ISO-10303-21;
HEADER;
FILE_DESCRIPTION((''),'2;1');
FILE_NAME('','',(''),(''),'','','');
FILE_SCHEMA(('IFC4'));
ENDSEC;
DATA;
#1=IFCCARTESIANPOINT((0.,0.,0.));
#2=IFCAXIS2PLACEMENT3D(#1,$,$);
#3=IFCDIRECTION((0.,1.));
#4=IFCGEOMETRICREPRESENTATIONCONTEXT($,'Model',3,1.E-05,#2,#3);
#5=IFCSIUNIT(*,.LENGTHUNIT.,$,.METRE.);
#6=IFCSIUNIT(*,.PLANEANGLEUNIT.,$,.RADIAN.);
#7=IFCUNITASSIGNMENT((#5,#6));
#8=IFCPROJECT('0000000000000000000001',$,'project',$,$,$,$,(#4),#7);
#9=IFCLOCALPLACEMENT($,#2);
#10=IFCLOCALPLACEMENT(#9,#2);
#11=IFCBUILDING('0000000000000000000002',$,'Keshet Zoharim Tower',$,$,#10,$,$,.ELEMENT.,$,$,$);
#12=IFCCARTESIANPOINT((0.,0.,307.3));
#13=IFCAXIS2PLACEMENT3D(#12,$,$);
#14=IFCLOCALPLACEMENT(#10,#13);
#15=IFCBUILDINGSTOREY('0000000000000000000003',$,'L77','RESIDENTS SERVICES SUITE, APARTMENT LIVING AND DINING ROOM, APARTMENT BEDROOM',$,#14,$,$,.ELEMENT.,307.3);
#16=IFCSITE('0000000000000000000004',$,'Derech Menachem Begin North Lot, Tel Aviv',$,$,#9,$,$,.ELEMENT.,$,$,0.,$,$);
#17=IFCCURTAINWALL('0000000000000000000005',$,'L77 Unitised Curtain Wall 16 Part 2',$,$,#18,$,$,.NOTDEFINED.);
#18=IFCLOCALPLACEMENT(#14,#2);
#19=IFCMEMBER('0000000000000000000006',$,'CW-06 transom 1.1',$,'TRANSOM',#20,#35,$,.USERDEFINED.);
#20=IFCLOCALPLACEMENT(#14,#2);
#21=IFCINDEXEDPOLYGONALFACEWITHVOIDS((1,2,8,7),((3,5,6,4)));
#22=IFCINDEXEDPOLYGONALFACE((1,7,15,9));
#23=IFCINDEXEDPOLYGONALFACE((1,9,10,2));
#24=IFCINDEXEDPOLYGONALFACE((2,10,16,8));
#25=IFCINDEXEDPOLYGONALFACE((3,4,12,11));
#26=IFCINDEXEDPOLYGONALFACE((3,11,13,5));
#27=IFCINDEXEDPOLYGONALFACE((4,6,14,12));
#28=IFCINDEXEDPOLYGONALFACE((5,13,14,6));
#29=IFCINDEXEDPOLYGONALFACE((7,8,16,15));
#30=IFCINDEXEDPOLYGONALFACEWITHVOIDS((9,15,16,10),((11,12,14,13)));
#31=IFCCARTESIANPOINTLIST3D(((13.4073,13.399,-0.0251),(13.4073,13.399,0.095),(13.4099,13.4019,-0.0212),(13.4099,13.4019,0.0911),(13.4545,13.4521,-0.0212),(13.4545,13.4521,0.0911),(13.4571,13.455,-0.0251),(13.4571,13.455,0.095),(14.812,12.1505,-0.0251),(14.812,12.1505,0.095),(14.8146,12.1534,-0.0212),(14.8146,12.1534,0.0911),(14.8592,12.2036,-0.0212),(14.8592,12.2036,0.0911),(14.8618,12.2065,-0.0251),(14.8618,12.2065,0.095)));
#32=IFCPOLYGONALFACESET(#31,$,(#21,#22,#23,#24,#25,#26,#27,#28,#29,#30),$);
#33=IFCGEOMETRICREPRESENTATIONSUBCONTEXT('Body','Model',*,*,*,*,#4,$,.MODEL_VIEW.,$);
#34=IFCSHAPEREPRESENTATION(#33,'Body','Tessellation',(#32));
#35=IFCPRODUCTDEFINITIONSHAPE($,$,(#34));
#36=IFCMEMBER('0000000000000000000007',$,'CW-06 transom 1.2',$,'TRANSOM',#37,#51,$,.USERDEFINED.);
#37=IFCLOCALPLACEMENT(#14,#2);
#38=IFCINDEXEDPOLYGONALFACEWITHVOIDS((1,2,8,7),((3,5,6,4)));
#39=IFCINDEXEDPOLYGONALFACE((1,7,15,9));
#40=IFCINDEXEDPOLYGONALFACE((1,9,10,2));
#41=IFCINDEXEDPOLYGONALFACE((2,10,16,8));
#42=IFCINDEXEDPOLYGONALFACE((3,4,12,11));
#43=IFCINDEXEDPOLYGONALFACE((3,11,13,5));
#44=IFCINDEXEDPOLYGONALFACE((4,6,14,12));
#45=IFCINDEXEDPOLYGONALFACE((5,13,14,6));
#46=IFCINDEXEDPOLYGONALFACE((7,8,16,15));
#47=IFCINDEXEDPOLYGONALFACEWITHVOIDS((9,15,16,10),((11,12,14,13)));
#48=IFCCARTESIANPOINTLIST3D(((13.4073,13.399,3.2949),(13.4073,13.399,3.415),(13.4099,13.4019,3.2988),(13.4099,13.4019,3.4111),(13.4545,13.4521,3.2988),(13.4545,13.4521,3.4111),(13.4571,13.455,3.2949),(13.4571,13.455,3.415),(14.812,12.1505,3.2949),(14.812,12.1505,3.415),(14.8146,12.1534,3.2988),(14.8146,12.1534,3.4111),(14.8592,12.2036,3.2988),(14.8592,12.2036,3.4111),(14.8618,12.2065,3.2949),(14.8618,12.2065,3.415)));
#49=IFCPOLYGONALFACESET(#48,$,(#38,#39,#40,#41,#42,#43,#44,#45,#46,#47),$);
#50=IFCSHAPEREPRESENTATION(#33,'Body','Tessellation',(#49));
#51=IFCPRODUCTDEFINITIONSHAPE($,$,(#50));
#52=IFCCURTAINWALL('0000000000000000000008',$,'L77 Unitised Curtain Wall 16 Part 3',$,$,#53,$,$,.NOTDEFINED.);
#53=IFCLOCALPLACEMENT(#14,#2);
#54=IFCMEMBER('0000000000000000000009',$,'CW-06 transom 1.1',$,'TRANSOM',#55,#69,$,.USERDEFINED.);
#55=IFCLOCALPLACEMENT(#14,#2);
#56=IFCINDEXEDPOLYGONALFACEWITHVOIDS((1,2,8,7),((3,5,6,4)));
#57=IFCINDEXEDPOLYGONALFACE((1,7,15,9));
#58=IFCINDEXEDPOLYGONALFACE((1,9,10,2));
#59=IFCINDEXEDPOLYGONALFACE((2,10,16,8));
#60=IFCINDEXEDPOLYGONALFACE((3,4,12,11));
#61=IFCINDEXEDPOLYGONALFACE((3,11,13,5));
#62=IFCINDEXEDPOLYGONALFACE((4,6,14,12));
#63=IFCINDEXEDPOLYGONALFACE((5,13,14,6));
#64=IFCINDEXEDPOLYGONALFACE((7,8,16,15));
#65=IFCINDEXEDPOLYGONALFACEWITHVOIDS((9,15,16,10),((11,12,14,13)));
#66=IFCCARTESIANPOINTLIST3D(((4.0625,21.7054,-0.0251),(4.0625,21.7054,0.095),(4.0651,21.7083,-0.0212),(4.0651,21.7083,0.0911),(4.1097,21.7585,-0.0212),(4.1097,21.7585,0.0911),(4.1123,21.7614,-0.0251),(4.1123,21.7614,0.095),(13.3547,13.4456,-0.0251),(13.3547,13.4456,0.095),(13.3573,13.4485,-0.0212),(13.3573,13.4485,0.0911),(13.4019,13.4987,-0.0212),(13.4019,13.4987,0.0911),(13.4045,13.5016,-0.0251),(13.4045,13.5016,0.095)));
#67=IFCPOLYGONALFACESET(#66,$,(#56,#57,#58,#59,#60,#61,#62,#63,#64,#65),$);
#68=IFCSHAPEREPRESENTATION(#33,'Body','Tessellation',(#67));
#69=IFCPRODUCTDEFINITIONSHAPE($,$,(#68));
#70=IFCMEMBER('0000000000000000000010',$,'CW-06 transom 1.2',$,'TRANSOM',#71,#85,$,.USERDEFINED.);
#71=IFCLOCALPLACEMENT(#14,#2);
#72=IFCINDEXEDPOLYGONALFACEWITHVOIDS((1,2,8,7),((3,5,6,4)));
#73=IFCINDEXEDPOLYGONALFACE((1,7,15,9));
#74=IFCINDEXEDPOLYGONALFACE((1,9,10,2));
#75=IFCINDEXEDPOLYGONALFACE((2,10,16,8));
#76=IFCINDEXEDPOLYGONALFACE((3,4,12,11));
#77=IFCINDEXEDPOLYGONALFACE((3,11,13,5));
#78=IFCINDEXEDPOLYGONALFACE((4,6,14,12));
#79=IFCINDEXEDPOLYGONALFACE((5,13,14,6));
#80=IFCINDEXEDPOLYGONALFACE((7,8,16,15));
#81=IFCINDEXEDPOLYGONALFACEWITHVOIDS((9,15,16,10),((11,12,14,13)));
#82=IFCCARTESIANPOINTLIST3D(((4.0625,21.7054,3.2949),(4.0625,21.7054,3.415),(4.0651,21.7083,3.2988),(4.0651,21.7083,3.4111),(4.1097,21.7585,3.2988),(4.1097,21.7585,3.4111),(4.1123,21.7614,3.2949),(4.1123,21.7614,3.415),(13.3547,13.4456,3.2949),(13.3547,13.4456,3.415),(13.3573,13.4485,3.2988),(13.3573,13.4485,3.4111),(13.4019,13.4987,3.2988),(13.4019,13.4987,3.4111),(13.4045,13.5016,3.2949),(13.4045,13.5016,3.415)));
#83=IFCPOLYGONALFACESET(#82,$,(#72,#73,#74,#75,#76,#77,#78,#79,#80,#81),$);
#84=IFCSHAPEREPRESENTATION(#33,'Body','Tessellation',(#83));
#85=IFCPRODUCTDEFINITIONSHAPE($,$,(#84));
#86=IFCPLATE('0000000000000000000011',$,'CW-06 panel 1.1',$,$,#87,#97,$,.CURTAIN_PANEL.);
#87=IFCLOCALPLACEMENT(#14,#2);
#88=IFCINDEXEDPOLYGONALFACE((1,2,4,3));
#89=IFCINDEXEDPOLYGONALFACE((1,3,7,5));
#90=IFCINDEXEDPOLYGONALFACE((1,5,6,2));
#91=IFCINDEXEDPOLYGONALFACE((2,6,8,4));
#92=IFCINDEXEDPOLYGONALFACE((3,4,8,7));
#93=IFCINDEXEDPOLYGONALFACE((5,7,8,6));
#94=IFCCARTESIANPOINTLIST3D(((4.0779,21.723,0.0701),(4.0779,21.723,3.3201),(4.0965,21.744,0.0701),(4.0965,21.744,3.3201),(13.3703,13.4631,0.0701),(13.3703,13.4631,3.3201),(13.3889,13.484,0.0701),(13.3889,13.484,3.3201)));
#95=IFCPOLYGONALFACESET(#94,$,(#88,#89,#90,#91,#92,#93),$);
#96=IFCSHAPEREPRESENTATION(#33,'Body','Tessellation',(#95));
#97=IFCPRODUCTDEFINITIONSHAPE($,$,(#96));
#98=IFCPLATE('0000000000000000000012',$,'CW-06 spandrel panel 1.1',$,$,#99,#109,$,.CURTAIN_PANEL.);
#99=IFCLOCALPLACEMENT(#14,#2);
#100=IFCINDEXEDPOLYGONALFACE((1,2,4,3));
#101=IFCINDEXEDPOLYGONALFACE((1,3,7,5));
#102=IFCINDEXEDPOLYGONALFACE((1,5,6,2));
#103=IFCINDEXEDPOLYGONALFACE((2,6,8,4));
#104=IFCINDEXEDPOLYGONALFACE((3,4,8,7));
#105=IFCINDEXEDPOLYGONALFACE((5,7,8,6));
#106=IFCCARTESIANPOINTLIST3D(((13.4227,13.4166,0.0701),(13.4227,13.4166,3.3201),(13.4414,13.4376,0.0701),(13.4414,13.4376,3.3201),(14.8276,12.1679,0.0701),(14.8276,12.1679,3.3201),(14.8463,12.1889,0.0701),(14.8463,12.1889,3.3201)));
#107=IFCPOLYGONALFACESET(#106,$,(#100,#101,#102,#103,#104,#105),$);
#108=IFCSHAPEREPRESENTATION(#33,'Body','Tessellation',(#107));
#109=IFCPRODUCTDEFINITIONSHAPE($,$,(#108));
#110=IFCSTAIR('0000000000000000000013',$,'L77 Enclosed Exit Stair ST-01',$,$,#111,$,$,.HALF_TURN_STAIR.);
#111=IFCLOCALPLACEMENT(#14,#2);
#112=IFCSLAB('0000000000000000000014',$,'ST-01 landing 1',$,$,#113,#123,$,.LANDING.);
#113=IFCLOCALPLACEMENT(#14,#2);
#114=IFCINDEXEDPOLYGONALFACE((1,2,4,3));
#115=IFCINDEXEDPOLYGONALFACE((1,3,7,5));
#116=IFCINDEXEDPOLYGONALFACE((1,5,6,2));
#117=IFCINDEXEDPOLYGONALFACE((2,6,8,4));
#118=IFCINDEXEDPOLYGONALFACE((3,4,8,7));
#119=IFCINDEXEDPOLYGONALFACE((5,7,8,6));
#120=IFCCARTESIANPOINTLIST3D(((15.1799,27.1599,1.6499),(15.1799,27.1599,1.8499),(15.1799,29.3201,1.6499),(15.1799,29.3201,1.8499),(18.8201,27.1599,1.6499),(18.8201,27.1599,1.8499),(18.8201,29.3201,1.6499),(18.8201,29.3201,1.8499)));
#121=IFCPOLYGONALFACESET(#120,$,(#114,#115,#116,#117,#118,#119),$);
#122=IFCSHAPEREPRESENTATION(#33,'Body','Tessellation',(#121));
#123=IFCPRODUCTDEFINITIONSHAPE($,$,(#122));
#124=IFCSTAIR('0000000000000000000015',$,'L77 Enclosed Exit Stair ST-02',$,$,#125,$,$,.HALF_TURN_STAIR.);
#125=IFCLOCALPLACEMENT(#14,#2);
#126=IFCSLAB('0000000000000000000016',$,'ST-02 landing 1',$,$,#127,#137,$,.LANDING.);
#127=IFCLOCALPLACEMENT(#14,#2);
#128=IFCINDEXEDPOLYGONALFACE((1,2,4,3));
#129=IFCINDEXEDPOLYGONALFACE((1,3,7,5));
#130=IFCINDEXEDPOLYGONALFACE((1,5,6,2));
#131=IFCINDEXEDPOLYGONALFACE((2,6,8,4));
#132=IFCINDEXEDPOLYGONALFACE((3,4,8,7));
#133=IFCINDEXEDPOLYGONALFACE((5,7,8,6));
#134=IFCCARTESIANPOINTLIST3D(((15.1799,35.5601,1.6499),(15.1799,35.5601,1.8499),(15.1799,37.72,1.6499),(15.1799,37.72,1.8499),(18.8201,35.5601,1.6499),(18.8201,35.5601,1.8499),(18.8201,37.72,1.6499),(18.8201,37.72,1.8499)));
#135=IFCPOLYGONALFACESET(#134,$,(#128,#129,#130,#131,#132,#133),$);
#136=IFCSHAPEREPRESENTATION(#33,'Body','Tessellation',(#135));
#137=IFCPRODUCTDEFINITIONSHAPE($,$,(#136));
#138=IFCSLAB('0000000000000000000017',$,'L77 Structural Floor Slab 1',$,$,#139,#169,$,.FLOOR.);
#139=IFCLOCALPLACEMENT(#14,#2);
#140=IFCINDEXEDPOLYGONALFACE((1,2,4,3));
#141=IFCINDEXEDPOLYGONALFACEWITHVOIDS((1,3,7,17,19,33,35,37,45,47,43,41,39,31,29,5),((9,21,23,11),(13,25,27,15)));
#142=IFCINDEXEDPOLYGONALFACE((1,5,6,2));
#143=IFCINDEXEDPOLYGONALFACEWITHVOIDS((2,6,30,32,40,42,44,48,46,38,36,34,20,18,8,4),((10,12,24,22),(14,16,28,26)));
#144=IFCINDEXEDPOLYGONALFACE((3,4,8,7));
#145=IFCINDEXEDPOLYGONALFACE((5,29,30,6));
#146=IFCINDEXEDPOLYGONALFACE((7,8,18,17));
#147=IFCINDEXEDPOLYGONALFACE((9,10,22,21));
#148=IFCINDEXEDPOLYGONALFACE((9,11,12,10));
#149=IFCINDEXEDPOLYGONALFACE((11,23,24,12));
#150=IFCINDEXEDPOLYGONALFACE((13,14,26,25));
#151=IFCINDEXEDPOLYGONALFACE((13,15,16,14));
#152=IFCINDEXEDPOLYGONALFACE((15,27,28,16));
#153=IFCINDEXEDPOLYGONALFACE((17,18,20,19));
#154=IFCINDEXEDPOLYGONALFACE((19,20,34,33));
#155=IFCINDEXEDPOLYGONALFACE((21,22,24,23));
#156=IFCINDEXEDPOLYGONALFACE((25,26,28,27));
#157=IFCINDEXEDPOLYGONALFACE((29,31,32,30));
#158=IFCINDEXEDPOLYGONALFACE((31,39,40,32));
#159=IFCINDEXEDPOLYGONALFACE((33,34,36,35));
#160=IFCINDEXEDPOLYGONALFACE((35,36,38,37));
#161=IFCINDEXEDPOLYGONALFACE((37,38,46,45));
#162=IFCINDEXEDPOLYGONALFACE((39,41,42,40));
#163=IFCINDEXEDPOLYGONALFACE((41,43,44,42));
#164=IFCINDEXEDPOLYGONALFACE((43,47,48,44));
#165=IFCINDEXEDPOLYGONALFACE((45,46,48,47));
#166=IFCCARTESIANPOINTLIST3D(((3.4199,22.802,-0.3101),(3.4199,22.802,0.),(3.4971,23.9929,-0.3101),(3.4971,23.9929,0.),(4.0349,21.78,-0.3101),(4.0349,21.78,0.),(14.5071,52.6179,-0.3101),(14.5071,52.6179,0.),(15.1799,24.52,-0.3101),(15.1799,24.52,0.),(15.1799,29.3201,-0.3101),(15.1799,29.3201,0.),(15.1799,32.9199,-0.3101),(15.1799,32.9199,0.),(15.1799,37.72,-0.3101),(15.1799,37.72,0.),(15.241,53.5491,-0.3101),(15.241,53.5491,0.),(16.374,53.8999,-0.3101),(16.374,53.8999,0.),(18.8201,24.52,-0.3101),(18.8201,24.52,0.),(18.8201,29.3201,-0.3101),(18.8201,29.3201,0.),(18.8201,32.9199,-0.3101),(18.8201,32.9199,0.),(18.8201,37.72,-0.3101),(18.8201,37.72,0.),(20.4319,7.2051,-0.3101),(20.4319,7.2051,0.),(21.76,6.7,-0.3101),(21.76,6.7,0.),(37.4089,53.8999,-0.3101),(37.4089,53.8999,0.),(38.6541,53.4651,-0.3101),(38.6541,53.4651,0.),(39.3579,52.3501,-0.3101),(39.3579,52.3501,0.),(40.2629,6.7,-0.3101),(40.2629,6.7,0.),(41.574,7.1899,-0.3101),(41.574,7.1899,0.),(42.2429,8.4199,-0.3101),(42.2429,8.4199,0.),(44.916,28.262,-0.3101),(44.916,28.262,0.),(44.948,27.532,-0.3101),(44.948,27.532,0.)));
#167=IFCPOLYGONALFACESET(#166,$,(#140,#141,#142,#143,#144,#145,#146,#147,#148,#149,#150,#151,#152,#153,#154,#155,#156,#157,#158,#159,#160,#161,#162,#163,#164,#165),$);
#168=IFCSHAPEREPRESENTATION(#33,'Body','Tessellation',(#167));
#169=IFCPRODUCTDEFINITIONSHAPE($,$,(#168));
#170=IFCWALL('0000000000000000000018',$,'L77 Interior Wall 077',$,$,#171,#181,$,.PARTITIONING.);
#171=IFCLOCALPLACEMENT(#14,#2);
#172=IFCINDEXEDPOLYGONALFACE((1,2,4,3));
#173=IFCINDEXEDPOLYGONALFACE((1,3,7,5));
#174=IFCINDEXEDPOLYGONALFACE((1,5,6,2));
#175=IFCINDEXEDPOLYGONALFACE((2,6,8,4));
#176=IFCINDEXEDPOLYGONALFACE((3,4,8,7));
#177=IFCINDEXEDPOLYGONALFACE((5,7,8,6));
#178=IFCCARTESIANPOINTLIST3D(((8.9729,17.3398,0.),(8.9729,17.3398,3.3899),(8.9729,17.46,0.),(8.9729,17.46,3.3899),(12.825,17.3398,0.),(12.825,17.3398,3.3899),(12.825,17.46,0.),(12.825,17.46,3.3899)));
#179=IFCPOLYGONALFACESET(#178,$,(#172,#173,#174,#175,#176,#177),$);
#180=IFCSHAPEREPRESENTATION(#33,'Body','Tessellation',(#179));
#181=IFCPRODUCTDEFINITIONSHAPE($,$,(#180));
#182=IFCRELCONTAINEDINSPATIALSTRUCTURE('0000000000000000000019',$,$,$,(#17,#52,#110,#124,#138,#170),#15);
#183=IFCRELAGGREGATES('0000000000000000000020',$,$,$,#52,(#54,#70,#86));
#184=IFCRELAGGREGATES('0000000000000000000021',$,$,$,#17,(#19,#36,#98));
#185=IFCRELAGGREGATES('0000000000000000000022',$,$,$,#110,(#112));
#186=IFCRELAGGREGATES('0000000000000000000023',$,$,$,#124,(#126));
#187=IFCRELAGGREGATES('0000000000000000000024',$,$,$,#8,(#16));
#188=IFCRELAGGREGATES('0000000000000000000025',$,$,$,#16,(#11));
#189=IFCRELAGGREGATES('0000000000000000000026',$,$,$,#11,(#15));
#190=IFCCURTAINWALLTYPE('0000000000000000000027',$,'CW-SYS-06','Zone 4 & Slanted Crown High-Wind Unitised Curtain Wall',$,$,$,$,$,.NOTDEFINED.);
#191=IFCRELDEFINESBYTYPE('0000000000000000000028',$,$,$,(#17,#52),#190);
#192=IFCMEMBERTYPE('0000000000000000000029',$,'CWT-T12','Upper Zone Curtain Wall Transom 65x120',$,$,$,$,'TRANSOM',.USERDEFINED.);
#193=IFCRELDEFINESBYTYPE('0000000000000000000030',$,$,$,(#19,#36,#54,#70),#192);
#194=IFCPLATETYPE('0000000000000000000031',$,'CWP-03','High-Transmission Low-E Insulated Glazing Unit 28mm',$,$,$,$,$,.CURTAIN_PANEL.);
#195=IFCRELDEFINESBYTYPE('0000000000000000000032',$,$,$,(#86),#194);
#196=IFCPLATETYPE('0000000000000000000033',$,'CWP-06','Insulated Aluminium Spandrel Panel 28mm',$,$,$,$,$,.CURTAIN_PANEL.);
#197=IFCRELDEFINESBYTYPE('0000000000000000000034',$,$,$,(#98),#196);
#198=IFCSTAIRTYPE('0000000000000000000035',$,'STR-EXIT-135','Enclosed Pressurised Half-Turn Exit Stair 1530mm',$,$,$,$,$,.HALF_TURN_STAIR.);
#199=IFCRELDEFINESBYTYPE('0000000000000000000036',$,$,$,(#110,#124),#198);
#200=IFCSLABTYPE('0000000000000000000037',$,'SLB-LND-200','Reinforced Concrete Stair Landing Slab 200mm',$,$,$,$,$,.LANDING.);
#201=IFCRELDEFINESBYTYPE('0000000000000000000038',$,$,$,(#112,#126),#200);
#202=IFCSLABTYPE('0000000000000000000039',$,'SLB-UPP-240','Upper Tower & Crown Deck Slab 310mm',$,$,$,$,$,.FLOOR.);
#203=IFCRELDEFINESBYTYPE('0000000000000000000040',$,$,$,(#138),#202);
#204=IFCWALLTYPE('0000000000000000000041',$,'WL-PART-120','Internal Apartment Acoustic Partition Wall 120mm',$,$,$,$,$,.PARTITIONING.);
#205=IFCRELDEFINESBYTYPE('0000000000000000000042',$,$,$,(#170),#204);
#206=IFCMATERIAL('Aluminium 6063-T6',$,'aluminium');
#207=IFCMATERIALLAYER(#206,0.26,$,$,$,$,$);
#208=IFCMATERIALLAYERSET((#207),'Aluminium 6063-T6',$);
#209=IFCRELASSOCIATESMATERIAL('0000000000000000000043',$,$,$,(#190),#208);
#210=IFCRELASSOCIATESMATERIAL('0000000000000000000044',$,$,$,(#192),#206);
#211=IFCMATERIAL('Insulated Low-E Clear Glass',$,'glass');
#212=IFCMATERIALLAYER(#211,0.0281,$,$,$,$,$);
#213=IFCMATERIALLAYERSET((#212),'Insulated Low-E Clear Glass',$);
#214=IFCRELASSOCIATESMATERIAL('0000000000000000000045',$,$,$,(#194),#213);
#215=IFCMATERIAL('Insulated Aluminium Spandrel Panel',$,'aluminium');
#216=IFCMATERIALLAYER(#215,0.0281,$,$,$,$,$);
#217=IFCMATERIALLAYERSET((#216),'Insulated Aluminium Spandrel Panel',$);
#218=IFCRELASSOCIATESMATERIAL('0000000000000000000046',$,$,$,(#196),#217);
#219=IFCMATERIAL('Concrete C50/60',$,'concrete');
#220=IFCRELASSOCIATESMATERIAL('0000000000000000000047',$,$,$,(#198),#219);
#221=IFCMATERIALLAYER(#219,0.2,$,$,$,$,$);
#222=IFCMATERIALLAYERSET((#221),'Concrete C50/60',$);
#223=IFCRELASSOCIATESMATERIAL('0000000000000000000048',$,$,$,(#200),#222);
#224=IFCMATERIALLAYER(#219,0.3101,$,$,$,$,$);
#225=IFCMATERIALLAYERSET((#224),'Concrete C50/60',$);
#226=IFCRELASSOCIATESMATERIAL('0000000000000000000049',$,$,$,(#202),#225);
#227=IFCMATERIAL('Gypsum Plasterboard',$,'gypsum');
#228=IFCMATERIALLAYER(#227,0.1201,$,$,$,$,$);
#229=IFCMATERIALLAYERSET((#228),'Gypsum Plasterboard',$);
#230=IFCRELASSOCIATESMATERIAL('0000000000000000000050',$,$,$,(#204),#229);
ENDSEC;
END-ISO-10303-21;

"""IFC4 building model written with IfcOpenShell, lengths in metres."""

from ifc_helpers import new_model, si_unit, direction, frame, frame_2d, origin, origin_2d, place, context, subcontext, project, spatial, polyline, rectangle, hollow_rectangle, outline, extrude, material, layer, layer_set, material_profile, profile_set, type_object, element, aggregate, save


model = new_model("IFC4")

# Units and contexts
model_context = context("Model", 3, precision=1e-05, world=origin(), true_north=direction((0.0, 1.0)))
body_context = subcontext(model_context, "Body", "Model", "MODEL_VIEW")
ifc_project = project(units=[si_unit("LENGTHUNIT", "METRE"), si_unit("PLANEANGLEUNIT", "RADIAN")], contexts=[model_context])

# Site, building, storey
site_placement = place(None, origin())
site = spatial("IfcSite", under=ifc_project, at=site_placement, Name="Derech Menachem Begin North Lot, Tel Aviv", CompositionType="ELEMENT", RefElevation=0.0)
building_placement = place(site_placement, origin())
building = spatial("IfcBuilding", under=site, at=building_placement, Name="Keshet Zoharim Tower", CompositionType="ELEMENT")
storey_placement = place(building_placement, frame((0.0, 0.0, 307.3)))
storey = spatial("IfcBuildingStorey", under=building, at=storey_placement, Name="L77", Description="RESIDENTS SERVICES SUITE, APARTMENT LIVING AND DINING ROOM, APARTMENT BEDROOM", CompositionType="ELEMENT", Elevation=307.3)

# Shared definitions
ifc_material_1 = material(Name="Aluminium 6063-T6", Category="aluminium")
ifc_layer_1 = layer(ifc_material_1, 0.26)
ifc_layer_set_1 = layer_set([ifc_layer_1], Name="Aluminium 6063-T6")
curtain_wall_type = type_object("IfcCurtainWallType", Name="CW-SYS-06", Description="Zone 4 & Slanted Crown High-Wind Unitised Curtain Wall", PredefinedType="NOTDEFINED", material=ifc_layer_set_1)

# Curtain wall, members
curtain_wall_1_placement = place(storey_placement, origin())
curtain_wall_1 = element("IfcCurtainWall", 1, at=curtain_wall_1_placement, inside=storey, type_object=curtain_wall_type, Name="L77 Unitised Curtain Wall 16 Part 2", PredefinedType="NOTDEFINED")
ifc_material_profile_1 = material_profile(ifc_material_1, hollow_rectangle(XDim=0.075, YDim=0.1201, WallThickness=0.0039, at=origin_2d()), Name="TRN-75x120")
ifc_profile_set_1 = profile_set([ifc_material_profile_1], Name="Aluminium 6063-T6")
member_type_1 = type_object("IfcMemberType", Name="CWT-T12", Description="Upper Zone Curtain Wall Transom 65x120", ElementType="TRANSOM", PredefinedType="USERDEFINED", material=ifc_profile_set_1)
member_1_placement = place(storey_placement, frame((14.8369, 12.1785, 0.0349), z_axis=(-0.747452, 0.664315, 0.0), x_axis=(-0.664315, -0.747452, 0.0)))
member_1 = element("IfcMember", 2, at=member_1_placement, type_object=member_type_1, Name="CW-06 transom 1.1", ObjectType="TRANSOM", PredefinedType="USERDEFINED", context=body_context, shape_type="SweptSolid", body=[
    extrude(hollow_rectangle(XDim=0.075, YDim=0.1201, WallThickness=0.0039, at=origin_2d()), origin(), (0.0, 0.0, 1.0), 1.8794),
])
member_2_placement = place(storey_placement, frame((14.8369, 12.1785, 3.355), z_axis=(-0.747452, 0.664315, 0.0), x_axis=(-0.664315, -0.747452, 0.0)))
member_2 = element("IfcMember", 3, at=member_2_placement, type_object=member_type_1, Name="CW-06 transom 1.2", ObjectType="TRANSOM", PredefinedType="USERDEFINED", context=body_context, shape_type="SweptSolid", body=[
    extrude(hollow_rectangle(XDim=0.075, YDim=0.1201, WallThickness=0.0039, at=origin_2d()), origin(), (0.0, 0.0, 1.0), 1.8794),
])

# Curtain wall, members, plate
curtain_wall_2_placement = place(storey_placement, origin())
curtain_wall_2 = element("IfcCurtainWall", 4, at=curtain_wall_2_placement, inside=storey, type_object=curtain_wall_type, Name="L77 Unitised Curtain Wall 16 Part 3", PredefinedType="NOTDEFINED")
member_3_placement = place(storey_placement, frame((13.3796, 13.4736, 0.0349), z_axis=(-0.747409, 0.664364, 0.0), x_axis=(-0.664364, -0.747409, 0.0)))
member_3 = element("IfcMember", 5, at=member_3_placement, type_object=member_type_1, Name="CW-06 transom 1.1", ObjectType="TRANSOM", PredefinedType="USERDEFINED", context=body_context, shape_type="SweptSolid", body=[
    extrude(hollow_rectangle(XDim=0.075, YDim=0.1201, WallThickness=0.0039, at=origin_2d()), origin(), (0.0, 0.0, 1.0), 12.4326),
])
member_4_placement = place(storey_placement, frame((13.3796, 13.4736, 3.355), z_axis=(-0.747409, 0.664364, 0.0), x_axis=(-0.664364, -0.747409, 0.0)))
member_4 = element("IfcMember", 6, at=member_4_placement, type_object=member_type_1, Name="CW-06 transom 1.2", ObjectType="TRANSOM", PredefinedType="USERDEFINED", context=body_context, shape_type="SweptSolid", body=[
    extrude(hollow_rectangle(XDim=0.075, YDim=0.1201, WallThickness=0.0039, at=origin_2d()), origin(), (0.0, 0.0, 1.0), 12.4326),
])
ifc_material_2 = material(Name="Insulated Low-E Clear Glass", Category="glass")
ifc_layer_2 = layer(ifc_material_2, 0.0281)
ifc_layer_set_2 = layer_set([ifc_layer_2], Name="Insulated Low-E Clear Glass")
plate_type_1 = type_object("IfcPlateType", Name="CWP-03", Description="High-Transmission Low-E Insulated Glazing Unit 28mm", PredefinedType="CURTAIN_PANEL", material=ifc_layer_set_2)
plate_1_placement = place(storey_placement, frame((8.7334, 17.6035, 0.0701), z_axis=(0.0, 0.0, 1.0), x_axis=(-0.747409, 0.664364, 0.0)))
plate_1 = element("IfcPlate", 7, at=plate_1_placement, type_object=plate_type_1, Name="CW-06 panel 1.1", PredefinedType="CURTAIN_PANEL", context=body_context, shape_type="SweptSolid", body=[
    extrude(rectangle(XDim=12.4329, YDim=0.0281, at=origin_2d()), origin(), (0.0, 0.0, 1.0), 3.25),
])
aggregate(curtain_wall_2, [member_3, member_4, plate_1])

# Plate
ifc_material_3 = material(Name="Insulated Aluminium Spandrel Panel", Category="aluminium")
ifc_layer_3 = layer(ifc_material_3, 0.0281)
ifc_layer_set_3 = layer_set([ifc_layer_3], Name="Insulated Aluminium Spandrel Panel")
plate_type_2 = type_object("IfcPlateType", Name="CWP-06", Description="Insulated Aluminium Spandrel Panel 28mm", PredefinedType="CURTAIN_PANEL", material=ifc_layer_set_3)
plate_2_placement = place(storey_placement, frame((14.1345, 12.8027, 0.0701), z_axis=(0.0, 0.0, 1.0), x_axis=(-0.747432, 0.664338, 0.0)))
plate_2 = element("IfcPlate", 8, at=plate_2_placement, type_object=plate_type_2, Name="CW-06 spandrel panel 1.1", PredefinedType="CURTAIN_PANEL", context=body_context, shape_type="SweptSolid", body=[
    extrude(rectangle(XDim=1.8796, YDim=0.0281, at=origin_2d()), origin(), (0.0, 0.0, 1.0), 3.25),
])
aggregate(curtain_wall_1, [member_1, member_2, plate_2])

# Stairs, slabs
ifc_material_4 = material(Name="Concrete C50/60", Category="concrete")
stair_type = type_object("IfcStairType", Name="STR-EXIT-135", Description="Enclosed Pressurised Half-Turn Exit Stair 1530mm", PredefinedType="HALF_TURN_STAIR", material=ifc_material_4)
stair_1_placement = place(storey_placement, origin())
stair_1 = element("IfcStair", 9, at=stair_1_placement, inside=storey, type_object=stair_type, Name="L77 Enclosed Exit Stair ST-01", PredefinedType="HALF_TURN_STAIR")
ifc_layer_4 = layer(ifc_material_4, 0.2)
ifc_layer_set_4 = layer_set([ifc_layer_4], Name="Concrete C50/60")
slab_type_1 = type_object("IfcSlabType", Name="SLB-LND-200", Description="Reinforced Concrete Stair Landing Slab 200mm", PredefinedType="LANDING", material=ifc_layer_set_4)
slab_1_placement = place(storey_placement, frame((0.0, 0.0, 1.6499)))
slab_1 = element("IfcSlab", 10, at=slab_1_placement, type_object=slab_type_1, Name="ST-01 landing 1", PredefinedType="LANDING", context=body_context, shape_type="SweptSolid", body=[
    extrude(outline(polyline([(15.1799, 27.1599), (18.8201, 27.1599), (18.8201, 29.3201), (15.1799, 29.3201), (15.1799, 27.1599)])), origin(), (0.0, 0.0, 1.0), 0.2),
])
aggregate(stair_1, [slab_1])
stair_2_placement = place(storey_placement, origin())
stair_2 = element("IfcStair", 11, at=stair_2_placement, inside=storey, type_object=stair_type, Name="L77 Enclosed Exit Stair ST-02", PredefinedType="HALF_TURN_STAIR")
slab_2_placement = place(storey_placement, frame((0.0, 0.0, 1.6499)))
slab_2 = element("IfcSlab", 12, at=slab_2_placement, type_object=slab_type_1, Name="ST-02 landing 1", PredefinedType="LANDING", context=body_context, shape_type="SweptSolid", body=[
    extrude(outline(polyline([(15.1799, 35.5601), (18.8201, 35.5601), (18.8201, 37.72), (15.1799, 37.72), (15.1799, 35.5601)])), origin(), (0.0, 0.0, 1.0), 0.2),
])
aggregate(stair_2, [slab_2])

# Slab
ifc_layer_5 = layer(ifc_material_4, 0.3101)
ifc_layer_set_5 = layer_set([ifc_layer_5], Name="Concrete C50/60")
slab_type_2 = type_object("IfcSlabType", Name="SLB-UPP-240", Description="Upper Tower & Crown Deck Slab 310mm", PredefinedType="FLOOR", material=ifc_layer_set_5)
slab_3_placement = place(storey_placement, frame((0.0, 0.0, -0.3101)))
element("IfcSlab", 13, at=slab_3_placement, inside=storey, type_object=slab_type_2, Name="L77 Structural Floor Slab 1", PredefinedType="FLOOR", context=body_context, shape_type="SweptSolid", body=[
    extrude(outline(polyline([(4.0349, 21.78), (3.4199, 22.802), (3.4971, 23.9929), (14.5071, 52.6179), (15.241, 53.5491), (16.374, 53.8999), (37.4089, 53.8999), (38.6541, 53.4651), (39.3579, 52.3501), (44.916, 28.262), (44.948, 27.532), (42.2429, 8.4199), (41.574, 7.1899), (40.2629, 6.7), (21.76, 6.7), (20.4319, 7.2051), (4.0349, 21.78)]), holes=[polyline([(15.1799, 24.52), (18.8201, 24.52), (18.8201, 29.3201), (15.1799, 29.3201), (15.1799, 24.52)]), polyline([(15.1799, 32.9199), (18.8201, 32.9199), (18.8201, 37.72), (15.1799, 37.72), (15.1799, 32.9199)])]), origin(), (0.0, 0.0, 1.0), 0.3101),
])

# Shared definitions
ifc_material_5 = material(Name="Gypsum Plasterboard", Category="gypsum")

# Wall
ifc_layer_6 = layer(ifc_material_5, 0.1201)
ifc_layer_set_6 = layer_set([ifc_layer_6], Name="Gypsum Plasterboard")
wall_type_1 = type_object("IfcWallType", Name="WL-PART-120", Description="Internal Apartment Acoustic Partition Wall 120mm", PredefinedType="PARTITIONING", material=ifc_layer_set_6)
wall_1_placement = place(storey_placement, frame((8.9729, 17.3999, 0.0), z_axis=(0.0, 0.0, 1.0), x_axis=(1.0, 0.0, 0.0)))
element("IfcWall", 14, at=wall_1_placement, inside=storey, type_object=wall_type_1, Name="L77 Interior Wall 077", PredefinedType="PARTITIONING", context=body_context, shape_type="SweptSolid", body=[
    extrude(rectangle(XDim=3.8521, YDim=0.1201, at=frame_2d((1.926, 0.0))), origin(), (0.0, 0.0, 1.0), 3.3899),
])

save(model, "model.ifc")
